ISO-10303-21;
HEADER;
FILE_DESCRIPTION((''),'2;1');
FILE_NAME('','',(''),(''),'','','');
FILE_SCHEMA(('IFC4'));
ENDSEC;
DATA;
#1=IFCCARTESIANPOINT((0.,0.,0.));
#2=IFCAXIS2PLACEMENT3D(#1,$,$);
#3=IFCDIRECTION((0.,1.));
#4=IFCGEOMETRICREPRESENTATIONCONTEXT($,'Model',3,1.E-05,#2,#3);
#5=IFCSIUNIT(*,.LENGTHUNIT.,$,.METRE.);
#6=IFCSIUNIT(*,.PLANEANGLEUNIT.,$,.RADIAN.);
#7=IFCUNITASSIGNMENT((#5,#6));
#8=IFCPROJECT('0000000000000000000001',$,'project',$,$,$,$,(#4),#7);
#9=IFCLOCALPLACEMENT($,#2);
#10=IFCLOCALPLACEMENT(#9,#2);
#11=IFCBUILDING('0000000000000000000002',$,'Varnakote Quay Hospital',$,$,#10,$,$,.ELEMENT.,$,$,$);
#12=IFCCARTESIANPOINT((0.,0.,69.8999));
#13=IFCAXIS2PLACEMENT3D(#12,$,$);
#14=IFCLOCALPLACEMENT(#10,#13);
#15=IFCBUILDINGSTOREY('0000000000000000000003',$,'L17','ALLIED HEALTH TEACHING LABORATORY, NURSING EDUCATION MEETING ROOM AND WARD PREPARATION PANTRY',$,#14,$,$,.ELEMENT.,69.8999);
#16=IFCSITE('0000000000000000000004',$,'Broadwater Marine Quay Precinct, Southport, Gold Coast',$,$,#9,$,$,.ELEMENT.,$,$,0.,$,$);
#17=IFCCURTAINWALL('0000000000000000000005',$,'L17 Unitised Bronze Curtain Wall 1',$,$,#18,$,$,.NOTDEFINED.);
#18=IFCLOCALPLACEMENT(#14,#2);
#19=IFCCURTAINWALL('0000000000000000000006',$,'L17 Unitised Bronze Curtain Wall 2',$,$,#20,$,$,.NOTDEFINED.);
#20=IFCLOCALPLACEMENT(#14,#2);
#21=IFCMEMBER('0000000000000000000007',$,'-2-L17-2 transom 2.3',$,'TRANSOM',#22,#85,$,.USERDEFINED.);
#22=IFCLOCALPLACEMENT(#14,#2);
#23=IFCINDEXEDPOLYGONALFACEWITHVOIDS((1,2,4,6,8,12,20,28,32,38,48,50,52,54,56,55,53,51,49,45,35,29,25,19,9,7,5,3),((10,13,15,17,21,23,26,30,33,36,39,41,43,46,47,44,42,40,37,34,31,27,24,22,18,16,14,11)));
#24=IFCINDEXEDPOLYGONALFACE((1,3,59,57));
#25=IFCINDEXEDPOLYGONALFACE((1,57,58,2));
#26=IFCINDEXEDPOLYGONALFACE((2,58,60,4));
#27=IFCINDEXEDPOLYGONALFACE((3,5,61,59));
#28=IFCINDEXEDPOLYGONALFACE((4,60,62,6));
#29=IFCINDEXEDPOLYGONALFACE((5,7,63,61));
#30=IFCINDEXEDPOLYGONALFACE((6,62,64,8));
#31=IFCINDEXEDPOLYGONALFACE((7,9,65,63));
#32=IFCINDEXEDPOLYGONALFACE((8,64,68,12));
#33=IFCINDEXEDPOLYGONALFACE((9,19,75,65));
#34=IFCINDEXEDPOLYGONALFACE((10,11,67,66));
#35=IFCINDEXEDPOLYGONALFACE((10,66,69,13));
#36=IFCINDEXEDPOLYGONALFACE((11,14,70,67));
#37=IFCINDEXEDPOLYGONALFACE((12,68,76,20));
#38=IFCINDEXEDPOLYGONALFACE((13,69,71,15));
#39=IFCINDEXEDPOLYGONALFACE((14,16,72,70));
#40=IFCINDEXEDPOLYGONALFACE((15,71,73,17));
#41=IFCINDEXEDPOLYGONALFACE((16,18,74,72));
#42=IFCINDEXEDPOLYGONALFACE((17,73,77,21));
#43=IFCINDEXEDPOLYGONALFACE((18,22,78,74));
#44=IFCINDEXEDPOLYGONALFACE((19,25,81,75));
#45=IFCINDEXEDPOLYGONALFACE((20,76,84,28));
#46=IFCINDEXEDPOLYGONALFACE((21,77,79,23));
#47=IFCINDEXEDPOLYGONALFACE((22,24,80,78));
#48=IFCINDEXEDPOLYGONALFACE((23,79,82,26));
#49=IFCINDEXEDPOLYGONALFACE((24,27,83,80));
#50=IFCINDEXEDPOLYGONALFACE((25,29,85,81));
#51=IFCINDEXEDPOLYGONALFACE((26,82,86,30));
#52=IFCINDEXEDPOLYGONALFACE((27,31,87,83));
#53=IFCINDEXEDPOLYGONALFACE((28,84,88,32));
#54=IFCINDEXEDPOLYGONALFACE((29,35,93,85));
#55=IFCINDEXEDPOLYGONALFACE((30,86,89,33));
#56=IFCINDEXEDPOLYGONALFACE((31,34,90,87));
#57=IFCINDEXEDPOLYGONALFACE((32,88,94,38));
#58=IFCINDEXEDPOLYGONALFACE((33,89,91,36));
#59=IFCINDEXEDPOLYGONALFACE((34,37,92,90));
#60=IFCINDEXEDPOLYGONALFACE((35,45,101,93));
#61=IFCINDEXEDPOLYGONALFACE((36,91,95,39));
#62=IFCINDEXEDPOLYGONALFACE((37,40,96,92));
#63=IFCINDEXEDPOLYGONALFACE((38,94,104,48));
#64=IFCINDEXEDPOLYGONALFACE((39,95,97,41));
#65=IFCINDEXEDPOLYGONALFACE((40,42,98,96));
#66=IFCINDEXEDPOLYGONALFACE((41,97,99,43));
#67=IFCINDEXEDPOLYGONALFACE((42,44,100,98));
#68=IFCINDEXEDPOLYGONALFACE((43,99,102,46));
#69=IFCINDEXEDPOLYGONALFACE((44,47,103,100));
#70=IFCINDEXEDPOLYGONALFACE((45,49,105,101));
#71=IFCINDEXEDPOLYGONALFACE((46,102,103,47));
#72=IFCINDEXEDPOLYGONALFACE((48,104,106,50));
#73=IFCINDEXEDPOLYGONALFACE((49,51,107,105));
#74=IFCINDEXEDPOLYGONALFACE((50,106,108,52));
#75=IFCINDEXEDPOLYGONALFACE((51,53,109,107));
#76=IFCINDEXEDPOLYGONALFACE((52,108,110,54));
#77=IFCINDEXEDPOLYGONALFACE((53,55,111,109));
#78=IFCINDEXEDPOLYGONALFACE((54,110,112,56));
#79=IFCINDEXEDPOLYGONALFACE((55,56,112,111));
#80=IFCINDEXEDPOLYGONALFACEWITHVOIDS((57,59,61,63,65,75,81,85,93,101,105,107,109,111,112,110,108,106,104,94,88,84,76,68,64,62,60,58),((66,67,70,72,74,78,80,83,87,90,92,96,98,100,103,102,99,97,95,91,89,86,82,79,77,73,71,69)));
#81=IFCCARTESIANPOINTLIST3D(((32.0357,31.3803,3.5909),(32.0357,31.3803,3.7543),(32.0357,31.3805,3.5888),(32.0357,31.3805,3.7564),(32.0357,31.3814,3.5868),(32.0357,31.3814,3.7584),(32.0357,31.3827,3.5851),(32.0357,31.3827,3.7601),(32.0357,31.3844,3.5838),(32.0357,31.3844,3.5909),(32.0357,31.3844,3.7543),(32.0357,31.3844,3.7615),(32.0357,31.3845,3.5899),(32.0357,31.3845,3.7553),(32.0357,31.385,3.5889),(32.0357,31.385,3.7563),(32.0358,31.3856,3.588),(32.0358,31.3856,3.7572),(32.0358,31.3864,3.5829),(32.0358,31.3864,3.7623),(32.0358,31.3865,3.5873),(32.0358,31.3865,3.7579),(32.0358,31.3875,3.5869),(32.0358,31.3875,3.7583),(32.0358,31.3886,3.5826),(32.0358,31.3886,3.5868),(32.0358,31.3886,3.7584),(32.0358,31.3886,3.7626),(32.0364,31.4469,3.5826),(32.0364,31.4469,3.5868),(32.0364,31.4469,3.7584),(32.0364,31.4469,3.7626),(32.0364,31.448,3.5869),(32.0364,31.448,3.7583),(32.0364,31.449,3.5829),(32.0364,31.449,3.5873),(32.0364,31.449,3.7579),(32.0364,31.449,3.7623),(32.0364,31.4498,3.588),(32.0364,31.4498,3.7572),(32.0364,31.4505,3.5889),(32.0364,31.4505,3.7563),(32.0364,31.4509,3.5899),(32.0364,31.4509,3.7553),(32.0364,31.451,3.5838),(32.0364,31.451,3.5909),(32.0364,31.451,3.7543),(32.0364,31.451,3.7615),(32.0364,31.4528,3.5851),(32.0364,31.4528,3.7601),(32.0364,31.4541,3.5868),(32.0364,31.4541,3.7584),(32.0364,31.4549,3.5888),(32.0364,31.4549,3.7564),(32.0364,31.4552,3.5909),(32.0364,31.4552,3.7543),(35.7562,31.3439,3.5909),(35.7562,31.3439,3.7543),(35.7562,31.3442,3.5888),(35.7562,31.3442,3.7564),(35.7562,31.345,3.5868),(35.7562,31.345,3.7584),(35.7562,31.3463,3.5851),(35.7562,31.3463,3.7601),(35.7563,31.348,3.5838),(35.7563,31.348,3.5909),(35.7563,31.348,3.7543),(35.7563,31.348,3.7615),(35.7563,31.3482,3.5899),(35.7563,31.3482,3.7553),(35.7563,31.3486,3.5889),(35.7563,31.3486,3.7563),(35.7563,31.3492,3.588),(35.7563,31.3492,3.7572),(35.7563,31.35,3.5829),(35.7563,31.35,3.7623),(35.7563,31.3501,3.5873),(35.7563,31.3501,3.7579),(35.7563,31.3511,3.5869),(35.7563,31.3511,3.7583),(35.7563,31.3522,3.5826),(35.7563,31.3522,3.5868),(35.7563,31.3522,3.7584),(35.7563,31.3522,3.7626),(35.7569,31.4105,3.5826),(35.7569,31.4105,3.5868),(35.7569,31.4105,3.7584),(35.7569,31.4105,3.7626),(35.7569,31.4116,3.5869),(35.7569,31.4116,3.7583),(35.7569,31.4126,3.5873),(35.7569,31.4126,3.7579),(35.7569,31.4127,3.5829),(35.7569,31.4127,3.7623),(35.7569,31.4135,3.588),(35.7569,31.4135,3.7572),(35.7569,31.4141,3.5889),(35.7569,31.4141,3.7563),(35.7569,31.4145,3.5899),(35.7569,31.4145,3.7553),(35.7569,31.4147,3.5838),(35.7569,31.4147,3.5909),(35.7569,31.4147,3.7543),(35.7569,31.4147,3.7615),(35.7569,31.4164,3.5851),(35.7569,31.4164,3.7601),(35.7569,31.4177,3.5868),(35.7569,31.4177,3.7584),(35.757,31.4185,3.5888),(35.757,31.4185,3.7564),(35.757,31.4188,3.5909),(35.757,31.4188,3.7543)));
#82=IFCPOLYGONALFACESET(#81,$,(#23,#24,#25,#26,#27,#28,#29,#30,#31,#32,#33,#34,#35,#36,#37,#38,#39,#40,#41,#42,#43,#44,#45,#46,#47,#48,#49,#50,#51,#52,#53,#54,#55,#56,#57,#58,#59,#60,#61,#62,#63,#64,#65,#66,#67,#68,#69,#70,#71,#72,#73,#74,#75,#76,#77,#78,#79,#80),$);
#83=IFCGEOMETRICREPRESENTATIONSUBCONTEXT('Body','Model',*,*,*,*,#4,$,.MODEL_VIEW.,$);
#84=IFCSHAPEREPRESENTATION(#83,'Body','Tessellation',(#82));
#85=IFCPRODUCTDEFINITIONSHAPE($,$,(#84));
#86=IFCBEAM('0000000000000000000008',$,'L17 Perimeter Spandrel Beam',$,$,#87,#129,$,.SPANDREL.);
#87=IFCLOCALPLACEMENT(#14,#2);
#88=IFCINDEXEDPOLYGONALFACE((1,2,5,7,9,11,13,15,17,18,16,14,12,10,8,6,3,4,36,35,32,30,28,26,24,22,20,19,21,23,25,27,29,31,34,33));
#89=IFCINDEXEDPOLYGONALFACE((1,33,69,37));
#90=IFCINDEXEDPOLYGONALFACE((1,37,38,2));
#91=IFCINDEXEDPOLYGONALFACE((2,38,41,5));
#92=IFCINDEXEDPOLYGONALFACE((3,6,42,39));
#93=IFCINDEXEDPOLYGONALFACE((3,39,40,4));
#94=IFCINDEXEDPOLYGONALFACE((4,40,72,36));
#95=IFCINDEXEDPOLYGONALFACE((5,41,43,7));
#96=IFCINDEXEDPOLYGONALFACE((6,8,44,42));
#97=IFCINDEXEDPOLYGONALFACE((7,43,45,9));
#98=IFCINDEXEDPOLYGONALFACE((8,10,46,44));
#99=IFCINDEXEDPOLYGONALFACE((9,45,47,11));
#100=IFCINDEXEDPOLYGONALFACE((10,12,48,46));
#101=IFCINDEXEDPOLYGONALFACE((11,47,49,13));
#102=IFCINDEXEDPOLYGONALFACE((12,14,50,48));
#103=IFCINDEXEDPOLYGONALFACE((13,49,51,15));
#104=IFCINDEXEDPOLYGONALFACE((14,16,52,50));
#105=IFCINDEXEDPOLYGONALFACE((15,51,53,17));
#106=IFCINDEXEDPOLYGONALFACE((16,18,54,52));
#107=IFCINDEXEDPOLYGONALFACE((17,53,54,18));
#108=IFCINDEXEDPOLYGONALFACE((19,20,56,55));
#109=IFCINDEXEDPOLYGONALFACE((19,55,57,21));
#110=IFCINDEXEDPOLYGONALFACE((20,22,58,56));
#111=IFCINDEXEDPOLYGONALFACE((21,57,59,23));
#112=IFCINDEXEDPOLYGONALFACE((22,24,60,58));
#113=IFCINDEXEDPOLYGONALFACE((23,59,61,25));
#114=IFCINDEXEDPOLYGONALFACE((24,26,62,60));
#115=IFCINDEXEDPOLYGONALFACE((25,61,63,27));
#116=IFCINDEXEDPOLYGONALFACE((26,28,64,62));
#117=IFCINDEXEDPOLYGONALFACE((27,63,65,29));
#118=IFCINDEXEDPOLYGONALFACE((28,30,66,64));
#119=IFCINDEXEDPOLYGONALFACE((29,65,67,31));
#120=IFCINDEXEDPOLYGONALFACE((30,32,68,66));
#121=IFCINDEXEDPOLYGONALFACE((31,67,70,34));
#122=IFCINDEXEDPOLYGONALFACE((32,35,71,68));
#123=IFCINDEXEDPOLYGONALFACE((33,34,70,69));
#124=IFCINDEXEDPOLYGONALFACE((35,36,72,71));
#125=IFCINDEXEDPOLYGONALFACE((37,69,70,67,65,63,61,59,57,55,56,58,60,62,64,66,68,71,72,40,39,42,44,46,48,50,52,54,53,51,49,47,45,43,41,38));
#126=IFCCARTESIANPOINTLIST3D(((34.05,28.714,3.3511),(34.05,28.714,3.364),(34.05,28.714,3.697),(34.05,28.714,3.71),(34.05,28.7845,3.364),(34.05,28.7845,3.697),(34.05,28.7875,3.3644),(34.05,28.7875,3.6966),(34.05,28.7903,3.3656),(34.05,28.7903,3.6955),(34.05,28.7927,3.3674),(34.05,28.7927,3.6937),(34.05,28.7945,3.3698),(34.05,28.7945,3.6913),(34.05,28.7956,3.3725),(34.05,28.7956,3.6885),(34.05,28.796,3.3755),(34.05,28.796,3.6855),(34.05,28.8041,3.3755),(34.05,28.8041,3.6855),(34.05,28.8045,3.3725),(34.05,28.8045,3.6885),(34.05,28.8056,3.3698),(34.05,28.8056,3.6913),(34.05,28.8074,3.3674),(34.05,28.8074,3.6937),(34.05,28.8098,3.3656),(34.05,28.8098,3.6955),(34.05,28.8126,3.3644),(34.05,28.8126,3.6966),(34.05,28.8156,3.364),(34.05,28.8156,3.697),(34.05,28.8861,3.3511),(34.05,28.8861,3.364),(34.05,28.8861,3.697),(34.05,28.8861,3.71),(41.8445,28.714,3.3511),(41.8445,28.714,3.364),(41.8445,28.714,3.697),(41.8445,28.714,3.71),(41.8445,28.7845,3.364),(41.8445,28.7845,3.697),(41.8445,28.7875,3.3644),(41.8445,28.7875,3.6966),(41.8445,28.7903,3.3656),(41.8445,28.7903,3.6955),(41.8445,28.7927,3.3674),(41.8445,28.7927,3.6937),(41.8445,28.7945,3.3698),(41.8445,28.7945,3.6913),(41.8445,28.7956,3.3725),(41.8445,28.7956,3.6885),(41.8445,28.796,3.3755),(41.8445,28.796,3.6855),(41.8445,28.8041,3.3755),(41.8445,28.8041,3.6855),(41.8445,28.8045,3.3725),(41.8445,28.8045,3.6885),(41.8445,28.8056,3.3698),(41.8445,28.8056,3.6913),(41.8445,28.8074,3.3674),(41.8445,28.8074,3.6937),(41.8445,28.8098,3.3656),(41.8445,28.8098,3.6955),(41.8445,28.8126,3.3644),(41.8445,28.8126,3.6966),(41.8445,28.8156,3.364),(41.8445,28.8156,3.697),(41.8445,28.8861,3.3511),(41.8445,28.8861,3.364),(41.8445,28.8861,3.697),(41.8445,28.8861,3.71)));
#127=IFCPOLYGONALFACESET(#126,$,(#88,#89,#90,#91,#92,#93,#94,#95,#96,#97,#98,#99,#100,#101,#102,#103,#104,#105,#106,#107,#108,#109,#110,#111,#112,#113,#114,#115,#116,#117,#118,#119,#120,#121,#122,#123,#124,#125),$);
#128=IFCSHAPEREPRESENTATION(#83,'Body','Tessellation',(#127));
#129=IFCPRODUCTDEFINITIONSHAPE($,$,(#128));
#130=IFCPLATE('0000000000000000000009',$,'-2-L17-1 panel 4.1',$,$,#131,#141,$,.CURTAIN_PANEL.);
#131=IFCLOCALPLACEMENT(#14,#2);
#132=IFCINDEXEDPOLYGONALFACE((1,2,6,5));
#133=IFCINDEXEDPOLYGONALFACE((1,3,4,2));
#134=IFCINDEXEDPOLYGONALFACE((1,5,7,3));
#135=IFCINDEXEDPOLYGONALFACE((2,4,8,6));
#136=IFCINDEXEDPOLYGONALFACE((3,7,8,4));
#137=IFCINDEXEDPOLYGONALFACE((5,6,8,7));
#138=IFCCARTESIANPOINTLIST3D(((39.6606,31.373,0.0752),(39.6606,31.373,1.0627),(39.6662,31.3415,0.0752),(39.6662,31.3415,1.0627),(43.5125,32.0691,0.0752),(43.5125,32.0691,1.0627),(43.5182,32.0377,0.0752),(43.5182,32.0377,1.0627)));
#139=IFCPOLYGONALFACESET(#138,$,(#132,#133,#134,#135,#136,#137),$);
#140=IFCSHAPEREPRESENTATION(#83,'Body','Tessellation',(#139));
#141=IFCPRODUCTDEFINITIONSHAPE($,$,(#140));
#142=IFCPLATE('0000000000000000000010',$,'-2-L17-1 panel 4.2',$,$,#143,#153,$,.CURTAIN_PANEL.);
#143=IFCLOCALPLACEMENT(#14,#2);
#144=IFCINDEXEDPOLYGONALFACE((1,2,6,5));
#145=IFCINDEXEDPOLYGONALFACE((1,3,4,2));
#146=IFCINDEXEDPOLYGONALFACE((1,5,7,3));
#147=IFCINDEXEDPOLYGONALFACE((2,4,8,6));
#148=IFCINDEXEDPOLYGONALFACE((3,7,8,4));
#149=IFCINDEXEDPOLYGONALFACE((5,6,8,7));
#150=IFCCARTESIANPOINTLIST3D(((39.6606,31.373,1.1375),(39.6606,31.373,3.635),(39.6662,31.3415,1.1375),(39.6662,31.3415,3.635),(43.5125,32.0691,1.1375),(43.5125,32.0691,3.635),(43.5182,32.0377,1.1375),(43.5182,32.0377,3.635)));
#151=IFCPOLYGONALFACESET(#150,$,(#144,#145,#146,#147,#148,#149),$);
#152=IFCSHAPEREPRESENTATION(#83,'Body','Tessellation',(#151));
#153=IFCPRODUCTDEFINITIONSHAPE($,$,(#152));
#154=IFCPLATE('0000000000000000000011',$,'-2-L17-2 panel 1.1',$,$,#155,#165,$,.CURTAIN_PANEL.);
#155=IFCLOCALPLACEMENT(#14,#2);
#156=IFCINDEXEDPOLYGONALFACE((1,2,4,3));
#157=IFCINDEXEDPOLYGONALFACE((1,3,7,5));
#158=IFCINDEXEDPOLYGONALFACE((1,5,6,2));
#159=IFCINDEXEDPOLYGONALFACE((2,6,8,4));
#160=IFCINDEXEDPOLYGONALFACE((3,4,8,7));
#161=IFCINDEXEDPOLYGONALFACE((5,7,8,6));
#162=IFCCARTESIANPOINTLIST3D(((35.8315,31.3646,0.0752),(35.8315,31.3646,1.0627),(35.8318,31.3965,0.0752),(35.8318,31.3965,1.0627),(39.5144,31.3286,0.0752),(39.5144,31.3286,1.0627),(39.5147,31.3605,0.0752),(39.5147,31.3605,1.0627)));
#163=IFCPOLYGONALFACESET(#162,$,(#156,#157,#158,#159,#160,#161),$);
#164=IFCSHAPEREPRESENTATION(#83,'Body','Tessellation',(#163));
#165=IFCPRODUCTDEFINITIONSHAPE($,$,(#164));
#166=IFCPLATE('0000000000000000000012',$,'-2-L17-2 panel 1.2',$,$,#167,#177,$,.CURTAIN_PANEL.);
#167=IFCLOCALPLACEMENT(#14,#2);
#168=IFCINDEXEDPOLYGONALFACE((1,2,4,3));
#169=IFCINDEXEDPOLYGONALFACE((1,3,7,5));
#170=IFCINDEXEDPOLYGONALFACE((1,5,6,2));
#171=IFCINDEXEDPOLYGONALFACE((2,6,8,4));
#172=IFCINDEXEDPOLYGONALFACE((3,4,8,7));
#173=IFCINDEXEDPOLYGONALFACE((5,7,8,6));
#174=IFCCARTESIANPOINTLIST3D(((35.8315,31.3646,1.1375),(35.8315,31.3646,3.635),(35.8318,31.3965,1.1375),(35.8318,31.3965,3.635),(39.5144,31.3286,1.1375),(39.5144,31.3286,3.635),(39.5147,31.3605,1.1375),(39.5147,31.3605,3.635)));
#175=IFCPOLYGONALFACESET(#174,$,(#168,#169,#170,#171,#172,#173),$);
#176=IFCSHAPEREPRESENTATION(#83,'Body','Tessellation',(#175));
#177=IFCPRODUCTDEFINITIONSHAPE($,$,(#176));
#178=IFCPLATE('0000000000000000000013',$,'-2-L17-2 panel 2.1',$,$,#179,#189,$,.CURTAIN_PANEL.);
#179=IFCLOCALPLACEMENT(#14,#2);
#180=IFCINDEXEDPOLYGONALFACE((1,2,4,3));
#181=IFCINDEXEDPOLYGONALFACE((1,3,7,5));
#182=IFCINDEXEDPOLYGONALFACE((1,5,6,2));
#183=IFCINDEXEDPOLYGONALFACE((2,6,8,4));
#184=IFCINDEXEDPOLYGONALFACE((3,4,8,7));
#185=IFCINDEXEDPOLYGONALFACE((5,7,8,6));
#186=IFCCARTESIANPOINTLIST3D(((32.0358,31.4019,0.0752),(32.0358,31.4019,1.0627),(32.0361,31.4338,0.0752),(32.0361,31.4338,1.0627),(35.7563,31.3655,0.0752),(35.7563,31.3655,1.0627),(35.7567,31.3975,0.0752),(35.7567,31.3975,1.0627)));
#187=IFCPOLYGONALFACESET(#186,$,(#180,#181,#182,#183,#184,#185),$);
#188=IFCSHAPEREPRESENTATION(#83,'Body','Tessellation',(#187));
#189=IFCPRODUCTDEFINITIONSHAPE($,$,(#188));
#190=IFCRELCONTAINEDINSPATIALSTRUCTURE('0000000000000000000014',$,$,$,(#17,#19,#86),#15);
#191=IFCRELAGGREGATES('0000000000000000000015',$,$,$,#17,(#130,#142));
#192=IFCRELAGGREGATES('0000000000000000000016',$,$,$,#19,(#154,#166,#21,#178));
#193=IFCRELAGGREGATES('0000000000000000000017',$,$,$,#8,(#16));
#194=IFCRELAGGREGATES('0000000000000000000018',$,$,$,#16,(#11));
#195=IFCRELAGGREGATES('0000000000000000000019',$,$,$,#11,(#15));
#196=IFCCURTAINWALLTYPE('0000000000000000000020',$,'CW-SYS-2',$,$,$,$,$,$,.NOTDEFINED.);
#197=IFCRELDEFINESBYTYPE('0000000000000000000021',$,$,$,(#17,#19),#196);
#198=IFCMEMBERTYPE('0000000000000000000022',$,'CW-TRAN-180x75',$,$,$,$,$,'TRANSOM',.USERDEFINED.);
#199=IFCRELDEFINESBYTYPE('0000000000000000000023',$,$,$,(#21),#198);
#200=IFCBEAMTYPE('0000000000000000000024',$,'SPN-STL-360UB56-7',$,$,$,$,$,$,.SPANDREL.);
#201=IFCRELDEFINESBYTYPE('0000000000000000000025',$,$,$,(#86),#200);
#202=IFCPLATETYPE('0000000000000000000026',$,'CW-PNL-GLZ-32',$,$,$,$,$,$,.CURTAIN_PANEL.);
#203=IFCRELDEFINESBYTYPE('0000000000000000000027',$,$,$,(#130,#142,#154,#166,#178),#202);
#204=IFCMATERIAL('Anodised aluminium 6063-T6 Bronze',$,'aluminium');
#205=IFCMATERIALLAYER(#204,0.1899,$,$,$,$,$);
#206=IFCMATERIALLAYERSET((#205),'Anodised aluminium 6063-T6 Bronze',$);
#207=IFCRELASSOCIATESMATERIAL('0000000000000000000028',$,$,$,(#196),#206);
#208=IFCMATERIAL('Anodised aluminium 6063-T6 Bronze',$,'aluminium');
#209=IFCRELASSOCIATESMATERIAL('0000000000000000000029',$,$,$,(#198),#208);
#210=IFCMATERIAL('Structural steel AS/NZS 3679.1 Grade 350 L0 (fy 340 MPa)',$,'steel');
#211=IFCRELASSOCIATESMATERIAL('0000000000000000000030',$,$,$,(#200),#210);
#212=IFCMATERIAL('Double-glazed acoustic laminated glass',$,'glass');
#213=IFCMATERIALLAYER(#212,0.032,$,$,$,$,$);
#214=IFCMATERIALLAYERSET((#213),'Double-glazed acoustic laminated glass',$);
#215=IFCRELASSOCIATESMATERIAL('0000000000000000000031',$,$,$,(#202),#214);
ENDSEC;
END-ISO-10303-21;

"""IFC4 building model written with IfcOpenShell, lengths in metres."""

from ifc_helpers import new_model, si_unit, direction, frame, origin, origin_2d, place, context, subcontext, project, spatial, rectangle, hollow_rectangle, i_section, extrude, material, layer, layer_set, material_profile, profile_set, type_object, element, aggregate, save


model = new_model("IFC4")

# Units and contexts
model_context = context("Model", 3, precision=1e-05, world=origin(), true_north=direction((0.0, 1.0)))
body_context = subcontext(model_context, "Body", "Model", "MODEL_VIEW")
ifc_project = project(units=[si_unit("LENGTHUNIT", "METRE"), si_unit("PLANEANGLEUNIT", "RADIAN")], contexts=[model_context])

# Site, building, storey
site_placement = place(None, origin())
site = spatial("IfcSite", under=ifc_project, at=site_placement, Name="Broadwater Marine Quay Precinct, Southport, Gold Coast", CompositionType="ELEMENT", RefElevation=0.0)
building_placement = place(site_placement, origin())
building = spatial("IfcBuilding", under=site, at=building_placement, Name="Varnakote Quay Hospital", CompositionType="ELEMENT")
storey_placement = place(building_placement, frame((0.0, 0.0, 69.8999)))
storey = spatial("IfcBuildingStorey", under=building, at=storey_placement, Name="L17", Description="ALLIED HEALTH TEACHING LABORATORY, NURSING EDUCATION MEETING ROOM AND WARD PREPARATION PANTRY", CompositionType="ELEMENT", Elevation=69.8999)

# Curtain wall
ifc_material_1 = material(Name="Anodised aluminium 6063-T6 Bronze", Category="aluminium")
ifc_layer_1 = layer(ifc_material_1, 0.1899)
ifc_layer_set_1 = layer_set([ifc_layer_1], Name="Anodised aluminium 6063-T6 Bronze")
curtain_wall_type = type_object("IfcCurtainWallType", Name="CW-SYS-2", PredefinedType="NOTDEFINED", material=ifc_layer_set_1)
curtain_wall_1_placement = place(storey_placement, origin())
curtain_wall_1 = element("IfcCurtainWall", 1, at=curtain_wall_1_placement, inside=storey, type_object=curtain_wall_type, Name="L17 Unitised Bronze Curtain Wall 1", PredefinedType="NOTDEFINED")

# Curtain wall, member
curtain_wall_2_placement = place(storey_placement, origin())
curtain_wall_2 = element("IfcCurtainWall", 2, at=curtain_wall_2_placement, inside=storey, type_object=curtain_wall_type, Name="L17 Unitised Bronze Curtain Wall 2", PredefinedType="NOTDEFINED")
ifc_material_2 = material(Name="Anodised aluminium 6063-T6 Bronze", Category="aluminium")
ifc_material_profile_1 = material_profile(ifc_material_2, hollow_rectangle(XDim=0.075, YDim=0.1799, WallThickness=0.0042, InnerFilletRadius=0.0042, OuterFilletRadius=0.0083, at=origin_2d()), Name="CW-TRAN-180x75")
ifc_profile_set_1 = profile_set([ifc_material_profile_1], Name="Anodised aluminium 6063-T6 Bronze")
member_type_1 = type_object("IfcMemberType", Name="CW-TRAN-180x75", ElementType="TRANSOM", PredefinedType="USERDEFINED", material=ifc_profile_set_1)
member_1_placement = place(storey_placement, frame((35.7566, 31.3813, 3.6726), z_axis=(-0.999952, 0.009777, 0.0), x_axis=(-0.009777, -0.999952, 0.0)))
member_1 = element("IfcMember", 3, at=member_1_placement, type_object=member_type_1, Name="-2-L17-2 transom 2.3", ObjectType="TRANSOM", PredefinedType="USERDEFINED", context=body_context, shape_type="SweptSolid", body=[
    extrude(hollow_rectangle(XDim=0.075, YDim=0.1799, WallThickness=0.0042, InnerFilletRadius=0.0042, OuterFilletRadius=0.0083, at=origin_2d()), origin(), (0.0, 0.0, 1.0), 3.7207),
])

# Beam
ifc_material_3 = material(Name="Structural steel AS/NZS 3679.1 Grade 350 L0 (fy 340 MPa)", Category="steel")
ifc_material_profile_2 = material_profile(ifc_material_3, i_section(OverallWidth=0.1721, OverallDepth=0.3589, WebThickness=0.0081, FlangeThickness=0.0129, FilletRadius=0.0115, at=origin_2d()), Name="360UB56.7")
ifc_profile_set_2 = profile_set([ifc_material_profile_2], Name="Structural steel AS/NZS 3679.1 Grade 350 L0 (fy 340 MPa)")
beam_type = type_object("IfcBeamType", Name="SPN-STL-360UB56-7", PredefinedType="SPANDREL", material=ifc_profile_set_2)
beam_placement = place(storey_placement, frame((34.05, 28.8, 3.5305), z_axis=(1.0, 0.0, 0.0), x_axis=(0.0, 1.0, 0.0)))
element("IfcBeam", 4, at=beam_placement, inside=storey, type_object=beam_type, Name="L17 Perimeter Spandrel Beam", PredefinedType="SPANDREL", context=body_context, shape_type="SweptSolid", body=[
    extrude(i_section(OverallWidth=0.1721, OverallDepth=0.3589, WebThickness=0.0081, FlangeThickness=0.0129, FilletRadius=0.0115, at=origin_2d()), origin(), (0.0, 0.0, 1.0), 7.7944),
])

# Plates
ifc_material_4 = material(Name="Double-glazed acoustic laminated glass", Category="glass")
ifc_layer_2 = layer(ifc_material_4, 0.032)
ifc_layer_set_2 = layer_set([ifc_layer_2], Name="Double-glazed acoustic laminated glass")
plate_type = type_object("IfcPlateType", Name="CW-PNL-GLZ-32", PredefinedType="CURTAIN_PANEL", material=ifc_layer_set_2)
plate_1_placement = place(storey_placement, frame((41.5894, 31.7053, 0.0752), z_axis=(0.0, 0.0, 1.0), x_axis=(-0.984058, -0.177846, 0.0)))
plate_1 = element("IfcPlate", 5, at=plate_1_placement, type_object=plate_type, Name="-2-L17-1 panel 4.1", PredefinedType="CURTAIN_PANEL", context=body_context, shape_type="SweptSolid", body=[
    extrude(rectangle(XDim=3.9143, YDim=0.032, at=origin_2d()), origin(), (0.0, 0.0, 1.0), 0.9875),
])
plate_2_placement = place(storey_placement, frame((41.5894, 31.7053, 1.1375), z_axis=(0.0, 0.0, 1.0), x_axis=(-0.984058, -0.177846, 0.0)))
plate_2 = element("IfcPlate", 6, at=plate_2_placement, type_object=plate_type, Name="-2-L17-1 panel 4.2", PredefinedType="CURTAIN_PANEL", context=body_context, shape_type="SweptSolid", body=[
    extrude(rectangle(XDim=3.9143, YDim=0.032, at=origin_2d()), origin(), (0.0, 0.0, 1.0), 2.4976),
])
aggregate(curtain_wall_1, [plate_1, plate_2])
plate_3_placement = place(storey_placement, frame((37.6731, 31.3625, 0.0752), z_axis=(0.0, 0.0, 1.0), x_axis=(-0.999952, 0.009774, 0.0)))
plate_3 = element("IfcPlate", 7, at=plate_3_placement, type_object=plate_type, Name="-2-L17-2 panel 1.1", PredefinedType="CURTAIN_PANEL", context=body_context, shape_type="SweptSolid", body=[
    extrude(rectangle(XDim=3.6831, YDim=0.032, at=origin_2d()), origin(), (0.0, 0.0, 1.0), 0.9875),
])
plate_4_placement = place(storey_placement, frame((37.6731, 31.3625, 1.1375), z_axis=(0.0, 0.0, 1.0), x_axis=(-0.999952, 0.009774, 0.0)))
plate_4 = element("IfcPlate", 8, at=plate_4_placement, type_object=plate_type, Name="-2-L17-2 panel 1.2", PredefinedType="CURTAIN_PANEL", context=body_context, shape_type="SweptSolid", body=[
    extrude(rectangle(XDim=3.6831, YDim=0.032, at=origin_2d()), origin(), (0.0, 0.0, 1.0), 2.4976),
])
plate_5_placement = place(storey_placement, frame((33.8962, 31.3997, 0.0752), z_axis=(0.0, 0.0, 1.0), x_axis=(-0.999952, 0.009774, 0.0)))
plate_5 = element("IfcPlate", 9, at=plate_5_placement, type_object=plate_type, Name="-2-L17-2 panel 2.1", PredefinedType="CURTAIN_PANEL", context=body_context, shape_type="SweptSolid", body=[
    extrude(rectangle(XDim=3.7207, YDim=0.032, at=origin_2d()), origin(), (0.0, 0.0, 1.0), 0.9875),
])
aggregate(curtain_wall_2, [plate_3, plate_4, member_1, plate_5])

save(model, "model.ifc")
